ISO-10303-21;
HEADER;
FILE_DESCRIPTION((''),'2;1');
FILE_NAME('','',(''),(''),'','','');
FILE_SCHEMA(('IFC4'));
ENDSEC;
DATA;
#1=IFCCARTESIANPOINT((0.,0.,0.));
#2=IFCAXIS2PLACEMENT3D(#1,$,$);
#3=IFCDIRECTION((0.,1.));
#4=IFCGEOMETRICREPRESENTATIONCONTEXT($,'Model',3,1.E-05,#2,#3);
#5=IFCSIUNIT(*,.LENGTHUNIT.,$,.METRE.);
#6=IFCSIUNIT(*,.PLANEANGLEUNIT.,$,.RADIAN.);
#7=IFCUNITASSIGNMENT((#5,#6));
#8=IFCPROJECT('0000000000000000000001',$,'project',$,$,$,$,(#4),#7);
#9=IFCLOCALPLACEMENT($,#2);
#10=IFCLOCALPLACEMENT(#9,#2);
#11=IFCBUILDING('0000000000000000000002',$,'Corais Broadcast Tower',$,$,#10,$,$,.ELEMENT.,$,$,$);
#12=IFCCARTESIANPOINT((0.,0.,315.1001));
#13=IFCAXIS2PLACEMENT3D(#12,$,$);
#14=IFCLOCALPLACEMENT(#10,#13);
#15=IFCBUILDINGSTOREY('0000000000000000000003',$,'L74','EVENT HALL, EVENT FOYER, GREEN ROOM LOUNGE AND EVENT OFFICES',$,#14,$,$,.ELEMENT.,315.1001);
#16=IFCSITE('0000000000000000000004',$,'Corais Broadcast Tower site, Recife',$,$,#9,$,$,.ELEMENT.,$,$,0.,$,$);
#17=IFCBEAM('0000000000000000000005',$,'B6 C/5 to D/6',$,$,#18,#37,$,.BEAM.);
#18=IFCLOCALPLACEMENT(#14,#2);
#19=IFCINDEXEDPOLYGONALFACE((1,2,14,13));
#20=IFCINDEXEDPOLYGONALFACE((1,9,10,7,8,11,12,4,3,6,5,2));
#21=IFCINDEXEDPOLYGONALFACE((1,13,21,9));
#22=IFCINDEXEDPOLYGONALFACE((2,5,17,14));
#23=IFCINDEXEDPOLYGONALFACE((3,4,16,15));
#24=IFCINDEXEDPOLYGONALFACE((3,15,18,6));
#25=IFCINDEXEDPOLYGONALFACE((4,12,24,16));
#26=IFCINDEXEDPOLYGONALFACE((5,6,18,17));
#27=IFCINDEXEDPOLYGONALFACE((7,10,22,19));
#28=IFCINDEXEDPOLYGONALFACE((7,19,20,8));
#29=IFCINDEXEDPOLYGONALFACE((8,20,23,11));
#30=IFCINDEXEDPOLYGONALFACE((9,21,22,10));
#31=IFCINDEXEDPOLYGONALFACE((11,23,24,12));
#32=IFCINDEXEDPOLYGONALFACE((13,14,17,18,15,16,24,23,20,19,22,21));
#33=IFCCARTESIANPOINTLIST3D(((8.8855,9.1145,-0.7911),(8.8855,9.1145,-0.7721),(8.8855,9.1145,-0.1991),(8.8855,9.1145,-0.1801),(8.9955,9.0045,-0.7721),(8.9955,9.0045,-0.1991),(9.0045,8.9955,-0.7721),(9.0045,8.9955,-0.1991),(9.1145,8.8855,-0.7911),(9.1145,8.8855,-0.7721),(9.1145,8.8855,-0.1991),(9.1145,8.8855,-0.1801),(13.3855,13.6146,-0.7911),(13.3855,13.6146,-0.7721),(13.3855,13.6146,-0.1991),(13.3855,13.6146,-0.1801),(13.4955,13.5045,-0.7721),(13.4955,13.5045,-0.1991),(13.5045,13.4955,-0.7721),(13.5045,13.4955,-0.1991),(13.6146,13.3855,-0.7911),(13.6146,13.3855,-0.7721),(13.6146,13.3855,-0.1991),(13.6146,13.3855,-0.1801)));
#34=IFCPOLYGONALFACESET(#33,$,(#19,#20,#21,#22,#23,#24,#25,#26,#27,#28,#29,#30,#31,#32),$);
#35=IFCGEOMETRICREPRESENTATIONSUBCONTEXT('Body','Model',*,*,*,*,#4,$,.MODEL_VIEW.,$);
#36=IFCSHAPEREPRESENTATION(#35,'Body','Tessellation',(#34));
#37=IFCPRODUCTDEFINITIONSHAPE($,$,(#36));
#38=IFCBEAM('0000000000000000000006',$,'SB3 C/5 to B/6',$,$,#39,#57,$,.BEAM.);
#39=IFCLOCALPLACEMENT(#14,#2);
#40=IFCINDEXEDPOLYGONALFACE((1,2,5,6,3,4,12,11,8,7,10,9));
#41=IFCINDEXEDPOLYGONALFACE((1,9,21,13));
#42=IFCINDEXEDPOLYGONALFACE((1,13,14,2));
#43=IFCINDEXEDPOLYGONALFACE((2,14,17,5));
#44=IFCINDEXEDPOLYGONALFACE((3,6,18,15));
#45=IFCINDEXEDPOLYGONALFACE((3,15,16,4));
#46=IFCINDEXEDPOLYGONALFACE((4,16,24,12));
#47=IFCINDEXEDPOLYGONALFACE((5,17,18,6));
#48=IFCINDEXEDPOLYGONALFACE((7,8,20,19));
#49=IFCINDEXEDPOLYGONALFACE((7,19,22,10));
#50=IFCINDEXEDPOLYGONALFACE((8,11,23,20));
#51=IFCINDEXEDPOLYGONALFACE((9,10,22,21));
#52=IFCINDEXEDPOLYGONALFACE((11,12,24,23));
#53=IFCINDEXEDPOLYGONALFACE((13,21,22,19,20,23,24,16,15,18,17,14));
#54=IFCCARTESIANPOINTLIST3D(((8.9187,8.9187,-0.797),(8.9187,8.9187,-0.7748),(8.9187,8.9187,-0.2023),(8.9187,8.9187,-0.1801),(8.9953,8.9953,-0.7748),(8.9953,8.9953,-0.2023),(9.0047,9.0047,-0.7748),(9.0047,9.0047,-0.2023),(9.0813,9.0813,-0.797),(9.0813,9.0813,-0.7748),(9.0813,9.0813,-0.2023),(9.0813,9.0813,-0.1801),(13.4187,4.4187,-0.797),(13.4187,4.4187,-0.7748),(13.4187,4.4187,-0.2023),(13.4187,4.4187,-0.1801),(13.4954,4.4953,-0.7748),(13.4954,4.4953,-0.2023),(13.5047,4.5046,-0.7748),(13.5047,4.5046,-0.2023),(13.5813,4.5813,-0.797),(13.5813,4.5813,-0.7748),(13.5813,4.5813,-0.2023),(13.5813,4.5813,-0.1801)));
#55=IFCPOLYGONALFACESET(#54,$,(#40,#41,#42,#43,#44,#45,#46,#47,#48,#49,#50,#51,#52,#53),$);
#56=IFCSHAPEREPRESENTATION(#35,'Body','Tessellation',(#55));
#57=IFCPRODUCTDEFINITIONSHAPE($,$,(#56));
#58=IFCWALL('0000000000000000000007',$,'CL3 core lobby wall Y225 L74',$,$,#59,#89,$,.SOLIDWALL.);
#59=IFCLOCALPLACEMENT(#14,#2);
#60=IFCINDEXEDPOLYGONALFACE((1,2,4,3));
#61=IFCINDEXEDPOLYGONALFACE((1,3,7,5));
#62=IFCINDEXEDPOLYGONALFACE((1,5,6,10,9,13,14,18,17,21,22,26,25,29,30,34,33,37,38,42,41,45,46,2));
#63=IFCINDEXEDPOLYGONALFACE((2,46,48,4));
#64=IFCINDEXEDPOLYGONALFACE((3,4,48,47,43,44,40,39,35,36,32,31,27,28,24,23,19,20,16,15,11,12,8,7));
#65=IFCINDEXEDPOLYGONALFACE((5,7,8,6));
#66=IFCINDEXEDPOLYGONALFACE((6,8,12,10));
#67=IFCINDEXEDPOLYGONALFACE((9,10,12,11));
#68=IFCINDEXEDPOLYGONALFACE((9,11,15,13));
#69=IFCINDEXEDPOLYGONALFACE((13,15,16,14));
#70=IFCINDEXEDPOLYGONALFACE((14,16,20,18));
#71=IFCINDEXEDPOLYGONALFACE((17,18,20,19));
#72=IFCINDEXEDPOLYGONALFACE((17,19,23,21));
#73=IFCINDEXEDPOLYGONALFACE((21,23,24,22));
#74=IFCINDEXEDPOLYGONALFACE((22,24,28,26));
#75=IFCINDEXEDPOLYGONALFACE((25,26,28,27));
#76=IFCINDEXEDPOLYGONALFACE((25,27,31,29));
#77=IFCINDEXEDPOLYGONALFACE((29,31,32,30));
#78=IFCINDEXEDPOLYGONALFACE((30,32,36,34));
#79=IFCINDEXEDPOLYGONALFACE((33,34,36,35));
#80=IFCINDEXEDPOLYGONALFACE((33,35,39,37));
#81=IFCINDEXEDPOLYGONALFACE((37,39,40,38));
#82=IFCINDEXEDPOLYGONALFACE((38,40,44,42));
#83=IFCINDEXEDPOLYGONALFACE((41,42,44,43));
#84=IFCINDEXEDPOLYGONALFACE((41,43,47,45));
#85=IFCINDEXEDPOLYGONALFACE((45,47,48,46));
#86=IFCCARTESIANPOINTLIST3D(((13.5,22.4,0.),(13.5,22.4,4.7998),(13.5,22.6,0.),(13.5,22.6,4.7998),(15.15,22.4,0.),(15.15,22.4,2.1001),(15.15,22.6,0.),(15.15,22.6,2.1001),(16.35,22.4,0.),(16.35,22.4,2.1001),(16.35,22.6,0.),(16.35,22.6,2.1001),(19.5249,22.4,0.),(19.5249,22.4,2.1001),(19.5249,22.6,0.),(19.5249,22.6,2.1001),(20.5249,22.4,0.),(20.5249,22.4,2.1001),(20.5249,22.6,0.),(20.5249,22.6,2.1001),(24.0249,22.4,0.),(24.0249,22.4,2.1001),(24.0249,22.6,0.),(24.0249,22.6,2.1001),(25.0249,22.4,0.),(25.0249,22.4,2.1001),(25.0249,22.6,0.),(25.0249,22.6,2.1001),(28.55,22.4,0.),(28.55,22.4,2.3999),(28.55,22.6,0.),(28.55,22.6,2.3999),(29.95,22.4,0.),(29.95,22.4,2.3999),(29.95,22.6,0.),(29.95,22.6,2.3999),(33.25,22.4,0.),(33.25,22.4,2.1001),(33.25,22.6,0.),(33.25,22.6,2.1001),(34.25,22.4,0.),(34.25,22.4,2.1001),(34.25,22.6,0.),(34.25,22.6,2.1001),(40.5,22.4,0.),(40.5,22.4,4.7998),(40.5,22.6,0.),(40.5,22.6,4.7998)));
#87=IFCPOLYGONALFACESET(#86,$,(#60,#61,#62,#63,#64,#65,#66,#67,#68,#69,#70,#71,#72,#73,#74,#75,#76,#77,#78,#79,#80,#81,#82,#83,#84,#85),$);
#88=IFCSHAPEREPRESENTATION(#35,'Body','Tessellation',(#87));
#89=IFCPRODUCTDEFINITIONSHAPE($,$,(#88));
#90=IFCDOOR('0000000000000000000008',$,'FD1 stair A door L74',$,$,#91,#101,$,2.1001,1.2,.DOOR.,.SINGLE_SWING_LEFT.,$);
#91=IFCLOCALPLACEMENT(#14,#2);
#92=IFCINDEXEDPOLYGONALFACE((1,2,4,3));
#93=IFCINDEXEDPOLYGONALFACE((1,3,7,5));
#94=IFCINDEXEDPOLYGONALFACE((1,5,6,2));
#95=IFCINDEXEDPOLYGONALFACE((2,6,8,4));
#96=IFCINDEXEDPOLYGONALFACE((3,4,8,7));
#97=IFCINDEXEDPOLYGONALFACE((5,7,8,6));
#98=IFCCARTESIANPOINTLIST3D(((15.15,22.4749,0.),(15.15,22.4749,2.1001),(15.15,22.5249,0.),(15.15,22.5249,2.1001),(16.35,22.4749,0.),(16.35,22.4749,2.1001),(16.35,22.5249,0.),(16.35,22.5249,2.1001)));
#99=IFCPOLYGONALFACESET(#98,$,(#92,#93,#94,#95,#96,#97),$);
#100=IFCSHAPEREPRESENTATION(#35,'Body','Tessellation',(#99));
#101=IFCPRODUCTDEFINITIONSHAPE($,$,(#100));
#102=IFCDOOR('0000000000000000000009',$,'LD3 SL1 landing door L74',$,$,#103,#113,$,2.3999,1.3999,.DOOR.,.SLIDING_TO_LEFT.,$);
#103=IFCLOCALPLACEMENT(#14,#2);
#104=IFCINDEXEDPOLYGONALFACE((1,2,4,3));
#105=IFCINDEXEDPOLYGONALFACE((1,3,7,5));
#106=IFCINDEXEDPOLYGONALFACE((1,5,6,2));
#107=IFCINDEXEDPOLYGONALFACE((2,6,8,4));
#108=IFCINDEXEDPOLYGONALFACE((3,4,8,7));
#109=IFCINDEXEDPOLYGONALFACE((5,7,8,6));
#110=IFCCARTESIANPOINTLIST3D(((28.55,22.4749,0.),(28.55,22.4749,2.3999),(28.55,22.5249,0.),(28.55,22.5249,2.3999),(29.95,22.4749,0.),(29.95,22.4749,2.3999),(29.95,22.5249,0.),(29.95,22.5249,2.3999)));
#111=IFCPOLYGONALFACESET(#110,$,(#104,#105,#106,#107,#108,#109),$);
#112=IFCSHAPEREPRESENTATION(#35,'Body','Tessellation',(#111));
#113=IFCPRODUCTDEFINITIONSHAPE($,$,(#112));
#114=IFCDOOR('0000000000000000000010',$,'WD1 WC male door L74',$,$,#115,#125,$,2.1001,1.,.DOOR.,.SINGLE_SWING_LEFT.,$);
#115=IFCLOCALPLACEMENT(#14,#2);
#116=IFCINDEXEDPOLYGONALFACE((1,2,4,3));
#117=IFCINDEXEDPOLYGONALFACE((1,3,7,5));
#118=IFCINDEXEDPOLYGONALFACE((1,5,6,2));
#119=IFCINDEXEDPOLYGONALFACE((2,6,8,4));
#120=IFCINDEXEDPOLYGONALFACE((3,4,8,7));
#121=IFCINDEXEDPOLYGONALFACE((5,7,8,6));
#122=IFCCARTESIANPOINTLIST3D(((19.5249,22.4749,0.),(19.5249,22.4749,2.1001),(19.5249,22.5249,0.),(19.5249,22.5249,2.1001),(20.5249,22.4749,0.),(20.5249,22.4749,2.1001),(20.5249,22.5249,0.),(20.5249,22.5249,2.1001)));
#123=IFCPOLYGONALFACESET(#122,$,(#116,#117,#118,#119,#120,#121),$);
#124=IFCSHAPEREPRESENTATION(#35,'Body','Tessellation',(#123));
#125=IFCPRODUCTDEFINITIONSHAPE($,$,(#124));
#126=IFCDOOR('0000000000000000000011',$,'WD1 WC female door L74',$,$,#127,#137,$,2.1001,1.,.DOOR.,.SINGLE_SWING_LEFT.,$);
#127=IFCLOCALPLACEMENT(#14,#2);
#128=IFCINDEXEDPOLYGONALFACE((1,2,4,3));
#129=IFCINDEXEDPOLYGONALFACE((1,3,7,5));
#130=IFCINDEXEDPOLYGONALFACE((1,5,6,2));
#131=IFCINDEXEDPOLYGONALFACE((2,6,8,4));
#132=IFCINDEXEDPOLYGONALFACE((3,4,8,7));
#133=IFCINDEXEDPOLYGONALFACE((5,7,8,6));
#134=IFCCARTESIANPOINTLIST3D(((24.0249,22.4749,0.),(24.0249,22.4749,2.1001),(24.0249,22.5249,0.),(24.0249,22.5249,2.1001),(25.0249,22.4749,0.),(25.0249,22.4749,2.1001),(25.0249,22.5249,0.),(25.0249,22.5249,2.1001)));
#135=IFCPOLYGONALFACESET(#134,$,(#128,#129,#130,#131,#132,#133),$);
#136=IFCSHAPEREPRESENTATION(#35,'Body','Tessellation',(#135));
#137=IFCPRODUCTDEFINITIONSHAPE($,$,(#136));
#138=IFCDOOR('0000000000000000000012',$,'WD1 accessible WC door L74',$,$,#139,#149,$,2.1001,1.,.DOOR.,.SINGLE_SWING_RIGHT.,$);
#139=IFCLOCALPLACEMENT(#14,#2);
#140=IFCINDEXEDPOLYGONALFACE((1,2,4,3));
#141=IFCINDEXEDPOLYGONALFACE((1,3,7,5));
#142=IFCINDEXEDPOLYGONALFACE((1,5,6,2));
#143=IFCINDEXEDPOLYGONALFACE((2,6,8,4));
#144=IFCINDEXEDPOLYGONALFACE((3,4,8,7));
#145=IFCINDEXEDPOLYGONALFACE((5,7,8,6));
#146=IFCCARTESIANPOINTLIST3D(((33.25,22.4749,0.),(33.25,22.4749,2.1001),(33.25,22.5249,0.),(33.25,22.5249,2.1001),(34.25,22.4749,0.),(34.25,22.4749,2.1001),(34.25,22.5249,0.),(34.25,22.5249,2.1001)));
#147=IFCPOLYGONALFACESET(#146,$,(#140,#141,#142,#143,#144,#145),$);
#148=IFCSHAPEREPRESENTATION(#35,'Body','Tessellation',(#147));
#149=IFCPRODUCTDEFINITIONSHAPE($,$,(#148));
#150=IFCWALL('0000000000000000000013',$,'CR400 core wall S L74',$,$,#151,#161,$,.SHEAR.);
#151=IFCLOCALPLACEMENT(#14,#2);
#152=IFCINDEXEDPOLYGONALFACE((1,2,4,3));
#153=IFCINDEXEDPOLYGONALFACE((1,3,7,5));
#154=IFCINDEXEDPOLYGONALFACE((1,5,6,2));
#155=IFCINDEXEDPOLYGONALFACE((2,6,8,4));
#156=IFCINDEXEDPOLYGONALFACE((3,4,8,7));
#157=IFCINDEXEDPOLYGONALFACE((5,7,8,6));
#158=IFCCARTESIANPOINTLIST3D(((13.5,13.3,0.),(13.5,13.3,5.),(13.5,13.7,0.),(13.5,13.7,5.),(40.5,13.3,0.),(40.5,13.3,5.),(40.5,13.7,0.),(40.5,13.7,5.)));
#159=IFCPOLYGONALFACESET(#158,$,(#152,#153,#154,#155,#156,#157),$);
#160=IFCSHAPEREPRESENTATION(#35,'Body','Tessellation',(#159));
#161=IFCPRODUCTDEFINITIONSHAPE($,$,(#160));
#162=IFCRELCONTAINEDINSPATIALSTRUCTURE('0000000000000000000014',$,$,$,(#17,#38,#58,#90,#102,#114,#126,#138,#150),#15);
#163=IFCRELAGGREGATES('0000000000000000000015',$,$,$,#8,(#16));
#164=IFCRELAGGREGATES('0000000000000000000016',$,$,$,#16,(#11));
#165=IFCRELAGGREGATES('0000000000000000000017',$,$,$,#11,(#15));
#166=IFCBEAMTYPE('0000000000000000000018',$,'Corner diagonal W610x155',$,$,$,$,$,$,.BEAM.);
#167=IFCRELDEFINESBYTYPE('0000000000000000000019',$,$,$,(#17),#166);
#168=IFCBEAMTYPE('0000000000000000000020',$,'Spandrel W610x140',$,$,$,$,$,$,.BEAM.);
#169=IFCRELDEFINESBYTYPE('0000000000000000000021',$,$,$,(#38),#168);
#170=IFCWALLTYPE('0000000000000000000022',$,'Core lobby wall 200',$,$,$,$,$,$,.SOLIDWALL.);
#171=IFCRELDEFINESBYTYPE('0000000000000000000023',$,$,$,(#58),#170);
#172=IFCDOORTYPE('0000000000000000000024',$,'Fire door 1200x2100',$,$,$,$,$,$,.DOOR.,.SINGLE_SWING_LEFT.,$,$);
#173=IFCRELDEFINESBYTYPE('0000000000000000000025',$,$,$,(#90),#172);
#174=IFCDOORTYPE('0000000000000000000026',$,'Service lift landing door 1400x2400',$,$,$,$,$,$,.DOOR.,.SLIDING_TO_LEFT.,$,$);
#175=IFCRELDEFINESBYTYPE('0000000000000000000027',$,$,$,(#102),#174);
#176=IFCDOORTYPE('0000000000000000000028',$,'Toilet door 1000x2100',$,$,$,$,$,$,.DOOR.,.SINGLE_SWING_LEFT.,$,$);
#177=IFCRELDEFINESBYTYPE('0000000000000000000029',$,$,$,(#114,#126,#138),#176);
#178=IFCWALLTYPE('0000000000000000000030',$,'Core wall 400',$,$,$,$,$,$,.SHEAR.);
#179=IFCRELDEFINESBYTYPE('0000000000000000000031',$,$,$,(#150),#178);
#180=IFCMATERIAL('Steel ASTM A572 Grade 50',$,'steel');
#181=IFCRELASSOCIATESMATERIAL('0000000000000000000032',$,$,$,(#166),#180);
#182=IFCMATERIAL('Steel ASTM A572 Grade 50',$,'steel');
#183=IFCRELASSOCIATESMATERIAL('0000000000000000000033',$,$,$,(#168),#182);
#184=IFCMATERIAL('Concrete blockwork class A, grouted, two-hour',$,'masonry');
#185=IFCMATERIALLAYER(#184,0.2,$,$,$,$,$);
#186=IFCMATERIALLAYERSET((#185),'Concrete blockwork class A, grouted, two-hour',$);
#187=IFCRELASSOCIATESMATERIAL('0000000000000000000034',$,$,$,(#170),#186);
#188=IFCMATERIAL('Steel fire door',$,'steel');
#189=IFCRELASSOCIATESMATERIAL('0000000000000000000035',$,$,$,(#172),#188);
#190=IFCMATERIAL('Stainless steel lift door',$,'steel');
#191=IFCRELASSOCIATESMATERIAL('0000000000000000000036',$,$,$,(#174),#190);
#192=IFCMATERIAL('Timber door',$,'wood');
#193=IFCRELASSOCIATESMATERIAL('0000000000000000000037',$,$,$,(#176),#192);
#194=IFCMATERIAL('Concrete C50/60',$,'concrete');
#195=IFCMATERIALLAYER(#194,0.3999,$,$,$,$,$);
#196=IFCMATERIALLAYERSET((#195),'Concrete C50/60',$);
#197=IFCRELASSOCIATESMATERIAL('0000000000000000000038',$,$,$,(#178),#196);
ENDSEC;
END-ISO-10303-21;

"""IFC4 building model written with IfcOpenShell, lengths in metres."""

from ifc_helpers import new_model, si_unit, direction, frame, frame_2d, origin, origin_2d, place, context, subcontext, project, spatial, rectangle, i_section, extrude, material, layer, layer_set, material_profile, profile_set, type_object, element, fill, save


model = new_model("IFC4")

# Units and contexts
model_context = context("Model", 3, precision=1e-05, world=origin(), true_north=direction((0.0, 1.0)))
body_context = subcontext(model_context, "Body", "Model", "MODEL_VIEW")
ifc_project = project(units=[si_unit("LENGTHUNIT", "METRE"), si_unit("PLANEANGLEUNIT", "RADIAN")], contexts=[model_context])

# Site, building, storey
site_placement = place(None, origin())
site = spatial("IfcSite", under=ifc_project, at=site_placement, Name="Corais Broadcast Tower site, Recife", CompositionType="ELEMENT", RefElevation=0.0)
building_placement = place(site_placement, origin())
building = spatial("IfcBuilding", under=site, at=building_placement, Name="Corais Broadcast Tower", CompositionType="ELEMENT")
storey_placement = place(building_placement, frame((0.0, 0.0, 315.1001)))
storey = spatial("IfcBuildingStorey", under=building, at=storey_placement, Name="L74", Description="EVENT HALL, EVENT FOYER, GREEN ROOM LOUNGE AND EVENT OFFICES", CompositionType="ELEMENT", Elevation=315.1001)

# Beams
ifc_material_1 = material(Name="Steel ASTM A572 Grade 50", Category="steel")
ifc_material_profile_1 = material_profile(ifc_material_1, i_section(OverallWidth=0.324, OverallDepth=0.6111, WebThickness=0.0127, FlangeThickness=0.019, at=origin_2d()), Name="W610x155")
ifc_profile_set_1 = profile_set([ifc_material_profile_1], Name="Steel ASTM A572 Grade 50")
beam_type_1 = type_object("IfcBeamType", Name="Corner diagonal W610x155", PredefinedType="BEAM", material=ifc_profile_set_1)
beam_1_placement = place(storey_placement, frame((9.0, 9.0, -0.4856), z_axis=(0.707107, 0.707107, 0.0), x_axis=(-0.707107, 0.707107, 0.0)))
element("IfcBeam", 1, at=beam_1_placement, inside=storey, type_object=beam_type_1, Name="B6 C/5 to D/6", PredefinedType="BEAM", context=body_context, shape_type="SweptSolid", body=[
    extrude(i_section(OverallWidth=0.324, OverallDepth=0.6111, WebThickness=0.0127, FlangeThickness=0.019, at=origin_2d()), origin(), (0.0, 0.0, 1.0), 6.364),
])
ifc_material_2 = material(Name="Steel ASTM A572 Grade 50", Category="steel")
ifc_material_profile_2 = material_profile(ifc_material_2, i_section(OverallWidth=0.23, OverallDepth=0.6169, WebThickness=0.0132, FlangeThickness=0.0222, at=origin_2d()), Name="W610x140")
ifc_profile_set_2 = profile_set([ifc_material_profile_2], Name="Steel ASTM A572 Grade 50")
beam_type_2 = type_object("IfcBeamType", Name="Spandrel W610x140", PredefinedType="BEAM", material=ifc_profile_set_2)
beam_2_placement = place(storey_placement, frame((9.0, 9.0, -0.4885), z_axis=(0.707107, -0.707107, 0.0), x_axis=(0.707107, 0.707107, 0.0)))
element("IfcBeam", 2, at=beam_2_placement, inside=storey, type_object=beam_type_2, Name="SB3 C/5 to B/6", PredefinedType="BEAM", context=body_context, shape_type="SweptSolid", body=[
    extrude(i_section(OverallWidth=0.23, OverallDepth=0.6169, WebThickness=0.0132, FlangeThickness=0.0222, at=origin_2d()), origin(), (0.0, 0.0, 1.0), 6.364),
])

# Wall, openings, doors
ifc_material_3 = material(Name="Concrete blockwork class A, grouted, two-hour", Category="masonry")
ifc_layer_1 = layer(ifc_material_3, 0.2)
ifc_layer_set_1 = layer_set([ifc_layer_1], Name="Concrete blockwork class A, grouted, two-hour")
wall_type_1 = type_object("IfcWallType", Name="Core lobby wall 200", PredefinedType="SOLIDWALL", material=ifc_layer_set_1)
wall_1_placement = place(storey_placement, frame((13.5, 22.5, 0.0), z_axis=(0.0, 0.0, 1.0), x_axis=(1.0, 0.0, 0.0)))
wall_1 = element("IfcWall", 3, at=wall_1_placement, inside=storey, type_object=wall_type_1, Name="CL3 core lobby wall Y225 L74", PredefinedType="SOLIDWALL", context=body_context, shape_type="SweptSolid", body=[
    extrude(rectangle(XDim=27.0, YDim=0.2, at=frame_2d((13.5, 0.0))), origin(), (0.0, 0.0, 1.0), 4.7998),
])
opening_1_placement = place(wall_1_placement, frame((1.6499, 0.0, 0.0)))
opening_1 = element("IfcOpeningElement", 4, at=opening_1_placement, cuts=wall_1, PredefinedType="OPENING", context=body_context, shape_type="SweptSolid", body=[
    extrude(rectangle(XDim=1.2, YDim=2.1001, at=frame_2d((0.6001, 1.05))), frame((0.0, 0.1099, 0.0), z_axis=(0.0, -1.0, 0.0), x_axis=(1.0, 0.0, 0.0)), (0.0, 0.0, 1.0), 0.22),
])
opening_2_placement = place(wall_1_placement, frame((6.0249, 0.0, 0.0)))
opening_2 = element("IfcOpeningElement", 5, at=opening_2_placement, cuts=wall_1, PredefinedType="OPENING", context=body_context, shape_type="SweptSolid", body=[
    extrude(rectangle(XDim=1.0, YDim=2.1001, at=frame_2d((0.5, 1.05))), frame((0.0, 0.1099, 0.0), z_axis=(0.0, -1.0, 0.0), x_axis=(1.0, 0.0, 0.0)), (0.0, 0.0, 1.0), 0.22),
])
opening_3_placement = place(wall_1_placement, frame((10.5249, 0.0, 0.0)))
opening_3 = element("IfcOpeningElement", 6, at=opening_3_placement, cuts=wall_1, PredefinedType="OPENING", context=body_context, shape_type="SweptSolid", body=[
    extrude(rectangle(XDim=1.0, YDim=2.1001, at=frame_2d((0.5, 1.05))), frame((0.0, 0.1099, 0.0), z_axis=(0.0, -1.0, 0.0), x_axis=(1.0, 0.0, 0.0)), (0.0, 0.0, 1.0), 0.22),
])
opening_4_placement = place(wall_1_placement, frame((19.75, 0.0, 0.0)))
opening_4 = element("IfcOpeningElement", 7, at=opening_4_placement, cuts=wall_1, PredefinedType="OPENING", context=body_context, shape_type="SweptSolid", body=[
    extrude(rectangle(XDim=1.0, YDim=2.1001, at=frame_2d((0.5, 1.05))), frame((0.0, 0.1099, 0.0), z_axis=(0.0, -1.0, 0.0), x_axis=(1.0, 0.0, 0.0)), (0.0, 0.0, 1.0), 0.22),
])
opening_5_placement = place(wall_1_placement, frame((15.05, 0.0, 0.0)))
opening_5 = element("IfcOpeningElement", 8, at=opening_5_placement, cuts=wall_1, PredefinedType="OPENING", context=body_context, shape_type="SweptSolid", body=[
    extrude(rectangle(XDim=1.3999, YDim=2.3999, at=frame_2d((0.7, 1.2))), frame((0.0, 0.1099, 0.0), z_axis=(0.0, -1.0, 0.0), x_axis=(1.0, 0.0, 0.0)), (0.0, 0.0, 1.0), 0.22),
])
ifc_material_4 = material(Name="Steel fire door", Category="steel")
door_type_1 = type_object("IfcDoorType", Name="Fire door 1200x2100", OperationType="SINGLE_SWING_LEFT", PredefinedType="DOOR", material=ifc_material_4)
door_1_placement = place(opening_1_placement, origin())
door_1 = element("IfcDoor", 9, at=door_1_placement, inside=storey, type_object=door_type_1, Name="FD1 stair A door L74", OperationType="SINGLE_SWING_LEFT", OverallHeight=2.1001, OverallWidth=1.2, PredefinedType="DOOR", context=body_context, shape_type="SweptSolid", body=[
    extrude(rectangle(XDim=1.2, YDim=2.1001, at=frame_2d((0.6001, 1.05))), frame((0.0, 0.0249, 0.0), z_axis=(0.0, -1.0, 0.0), x_axis=(1.0, 0.0, 0.0)), (0.0, 0.0, 1.0), 0.05),
])
fill(opening_1, door_1)
ifc_material_5 = material(Name="Stainless steel lift door", Category="steel")
door_type_2 = type_object("IfcDoorType", Name="Service lift landing door 1400x2400", OperationType="SLIDING_TO_LEFT", PredefinedType="DOOR", material=ifc_material_5)
door_2_placement = place(opening_5_placement, origin())
door_2 = element("IfcDoor", 10, at=door_2_placement, inside=storey, type_object=door_type_2, Name="LD3 SL1 landing door L74", OperationType="SLIDING_TO_LEFT", OverallHeight=2.3999, OverallWidth=1.3999, PredefinedType="DOOR", context=body_context, shape_type="SweptSolid", body=[
    extrude(rectangle(XDim=1.3999, YDim=2.3999, at=frame_2d((0.7, 1.2))), frame((0.0, 0.0249, 0.0), z_axis=(0.0, -1.0, 0.0), x_axis=(1.0, 0.0, 0.0)), (0.0, 0.0, 1.0), 0.05),
])
fill(opening_5, door_2)
ifc_material_6 = material(Name="Timber door", Category="wood")
door_type_3 = type_object("IfcDoorType", Name="Toilet door 1000x2100", OperationType="SINGLE_SWING_LEFT", PredefinedType="DOOR", material=ifc_material_6)
door_3_placement = place(opening_2_placement, origin())
door_3 = element("IfcDoor", 11, at=door_3_placement, inside=storey, type_object=door_type_3, Name="WD1 WC male door L74", OperationType="SINGLE_SWING_LEFT", OverallHeight=2.1001, OverallWidth=1.0, PredefinedType="DOOR", context=body_context, shape_type="SweptSolid", body=[
    extrude(rectangle(XDim=1.0, YDim=2.1001, at=frame_2d((0.5, 1.05))), frame((0.0, 0.0249, 0.0), z_axis=(0.0, -1.0, 0.0), x_axis=(1.0, 0.0, 0.0)), (0.0, 0.0, 1.0), 0.05),
])
fill(opening_2, door_3)
door_4_placement = place(opening_3_placement, origin())
door_4 = element("IfcDoor", 12, at=door_4_placement, inside=storey, type_object=door_type_3, Name="WD1 WC female door L74", OperationType="SINGLE_SWING_LEFT", OverallHeight=2.1001, OverallWidth=1.0, PredefinedType="DOOR", context=body_context, shape_type="SweptSolid", body=[
    extrude(rectangle(XDim=1.0, YDim=2.1001, at=frame_2d((0.5, 1.05))), frame((0.0, 0.0249, 0.0), z_axis=(0.0, -1.0, 0.0), x_axis=(1.0, 0.0, 0.0)), (0.0, 0.0, 1.0), 0.05),
])
fill(opening_3, door_4)
door_5_placement = place(opening_4_placement, origin())
door_5 = element("IfcDoor", 13, at=door_5_placement, inside=storey, type_object=door_type_3, Name="WD1 accessible WC door L74", OperationType="SINGLE_SWING_RIGHT", OverallHeight=2.1001, OverallWidth=1.0, PredefinedType="DOOR", context=body_context, shape_type="SweptSolid", body=[
    extrude(rectangle(XDim=1.0, YDim=2.1001, at=frame_2d((0.5, 1.05))), frame((0.0, 0.0249, 0.0), z_axis=(0.0, -1.0, 0.0), x_axis=(1.0, 0.0, 0.0)), (0.0, 0.0, 1.0), 0.05),
])
fill(opening_4, door_5)

# Wall
ifc_material_7 = material(Name="Concrete C50/60", Category="concrete")
ifc_layer_2 = layer(ifc_material_7, 0.3999)
ifc_layer_set_2 = layer_set([ifc_layer_2], Name="Concrete C50/60")
wall_type_2 = type_object("IfcWallType", Name="Core wall 400", PredefinedType="SHEAR", material=ifc_layer_set_2)
wall_2_placement = place(storey_placement, frame((13.5, 13.5, 0.0), z_axis=(0.0, 0.0, 1.0), x_axis=(1.0, 0.0, 0.0)))
element("IfcWall", 14, at=wall_2_placement, inside=storey, type_object=wall_type_2, Name="CR400 core wall S L74", PredefinedType="SHEAR", context=body_context, shape_type="SweptSolid", body=[
    extrude(rectangle(XDim=27.0, YDim=0.3999, at=frame_2d((13.5, 0.0))), origin(), (0.0, 0.0, 1.0), 5.0),
])

save(model, "model.ifc")
